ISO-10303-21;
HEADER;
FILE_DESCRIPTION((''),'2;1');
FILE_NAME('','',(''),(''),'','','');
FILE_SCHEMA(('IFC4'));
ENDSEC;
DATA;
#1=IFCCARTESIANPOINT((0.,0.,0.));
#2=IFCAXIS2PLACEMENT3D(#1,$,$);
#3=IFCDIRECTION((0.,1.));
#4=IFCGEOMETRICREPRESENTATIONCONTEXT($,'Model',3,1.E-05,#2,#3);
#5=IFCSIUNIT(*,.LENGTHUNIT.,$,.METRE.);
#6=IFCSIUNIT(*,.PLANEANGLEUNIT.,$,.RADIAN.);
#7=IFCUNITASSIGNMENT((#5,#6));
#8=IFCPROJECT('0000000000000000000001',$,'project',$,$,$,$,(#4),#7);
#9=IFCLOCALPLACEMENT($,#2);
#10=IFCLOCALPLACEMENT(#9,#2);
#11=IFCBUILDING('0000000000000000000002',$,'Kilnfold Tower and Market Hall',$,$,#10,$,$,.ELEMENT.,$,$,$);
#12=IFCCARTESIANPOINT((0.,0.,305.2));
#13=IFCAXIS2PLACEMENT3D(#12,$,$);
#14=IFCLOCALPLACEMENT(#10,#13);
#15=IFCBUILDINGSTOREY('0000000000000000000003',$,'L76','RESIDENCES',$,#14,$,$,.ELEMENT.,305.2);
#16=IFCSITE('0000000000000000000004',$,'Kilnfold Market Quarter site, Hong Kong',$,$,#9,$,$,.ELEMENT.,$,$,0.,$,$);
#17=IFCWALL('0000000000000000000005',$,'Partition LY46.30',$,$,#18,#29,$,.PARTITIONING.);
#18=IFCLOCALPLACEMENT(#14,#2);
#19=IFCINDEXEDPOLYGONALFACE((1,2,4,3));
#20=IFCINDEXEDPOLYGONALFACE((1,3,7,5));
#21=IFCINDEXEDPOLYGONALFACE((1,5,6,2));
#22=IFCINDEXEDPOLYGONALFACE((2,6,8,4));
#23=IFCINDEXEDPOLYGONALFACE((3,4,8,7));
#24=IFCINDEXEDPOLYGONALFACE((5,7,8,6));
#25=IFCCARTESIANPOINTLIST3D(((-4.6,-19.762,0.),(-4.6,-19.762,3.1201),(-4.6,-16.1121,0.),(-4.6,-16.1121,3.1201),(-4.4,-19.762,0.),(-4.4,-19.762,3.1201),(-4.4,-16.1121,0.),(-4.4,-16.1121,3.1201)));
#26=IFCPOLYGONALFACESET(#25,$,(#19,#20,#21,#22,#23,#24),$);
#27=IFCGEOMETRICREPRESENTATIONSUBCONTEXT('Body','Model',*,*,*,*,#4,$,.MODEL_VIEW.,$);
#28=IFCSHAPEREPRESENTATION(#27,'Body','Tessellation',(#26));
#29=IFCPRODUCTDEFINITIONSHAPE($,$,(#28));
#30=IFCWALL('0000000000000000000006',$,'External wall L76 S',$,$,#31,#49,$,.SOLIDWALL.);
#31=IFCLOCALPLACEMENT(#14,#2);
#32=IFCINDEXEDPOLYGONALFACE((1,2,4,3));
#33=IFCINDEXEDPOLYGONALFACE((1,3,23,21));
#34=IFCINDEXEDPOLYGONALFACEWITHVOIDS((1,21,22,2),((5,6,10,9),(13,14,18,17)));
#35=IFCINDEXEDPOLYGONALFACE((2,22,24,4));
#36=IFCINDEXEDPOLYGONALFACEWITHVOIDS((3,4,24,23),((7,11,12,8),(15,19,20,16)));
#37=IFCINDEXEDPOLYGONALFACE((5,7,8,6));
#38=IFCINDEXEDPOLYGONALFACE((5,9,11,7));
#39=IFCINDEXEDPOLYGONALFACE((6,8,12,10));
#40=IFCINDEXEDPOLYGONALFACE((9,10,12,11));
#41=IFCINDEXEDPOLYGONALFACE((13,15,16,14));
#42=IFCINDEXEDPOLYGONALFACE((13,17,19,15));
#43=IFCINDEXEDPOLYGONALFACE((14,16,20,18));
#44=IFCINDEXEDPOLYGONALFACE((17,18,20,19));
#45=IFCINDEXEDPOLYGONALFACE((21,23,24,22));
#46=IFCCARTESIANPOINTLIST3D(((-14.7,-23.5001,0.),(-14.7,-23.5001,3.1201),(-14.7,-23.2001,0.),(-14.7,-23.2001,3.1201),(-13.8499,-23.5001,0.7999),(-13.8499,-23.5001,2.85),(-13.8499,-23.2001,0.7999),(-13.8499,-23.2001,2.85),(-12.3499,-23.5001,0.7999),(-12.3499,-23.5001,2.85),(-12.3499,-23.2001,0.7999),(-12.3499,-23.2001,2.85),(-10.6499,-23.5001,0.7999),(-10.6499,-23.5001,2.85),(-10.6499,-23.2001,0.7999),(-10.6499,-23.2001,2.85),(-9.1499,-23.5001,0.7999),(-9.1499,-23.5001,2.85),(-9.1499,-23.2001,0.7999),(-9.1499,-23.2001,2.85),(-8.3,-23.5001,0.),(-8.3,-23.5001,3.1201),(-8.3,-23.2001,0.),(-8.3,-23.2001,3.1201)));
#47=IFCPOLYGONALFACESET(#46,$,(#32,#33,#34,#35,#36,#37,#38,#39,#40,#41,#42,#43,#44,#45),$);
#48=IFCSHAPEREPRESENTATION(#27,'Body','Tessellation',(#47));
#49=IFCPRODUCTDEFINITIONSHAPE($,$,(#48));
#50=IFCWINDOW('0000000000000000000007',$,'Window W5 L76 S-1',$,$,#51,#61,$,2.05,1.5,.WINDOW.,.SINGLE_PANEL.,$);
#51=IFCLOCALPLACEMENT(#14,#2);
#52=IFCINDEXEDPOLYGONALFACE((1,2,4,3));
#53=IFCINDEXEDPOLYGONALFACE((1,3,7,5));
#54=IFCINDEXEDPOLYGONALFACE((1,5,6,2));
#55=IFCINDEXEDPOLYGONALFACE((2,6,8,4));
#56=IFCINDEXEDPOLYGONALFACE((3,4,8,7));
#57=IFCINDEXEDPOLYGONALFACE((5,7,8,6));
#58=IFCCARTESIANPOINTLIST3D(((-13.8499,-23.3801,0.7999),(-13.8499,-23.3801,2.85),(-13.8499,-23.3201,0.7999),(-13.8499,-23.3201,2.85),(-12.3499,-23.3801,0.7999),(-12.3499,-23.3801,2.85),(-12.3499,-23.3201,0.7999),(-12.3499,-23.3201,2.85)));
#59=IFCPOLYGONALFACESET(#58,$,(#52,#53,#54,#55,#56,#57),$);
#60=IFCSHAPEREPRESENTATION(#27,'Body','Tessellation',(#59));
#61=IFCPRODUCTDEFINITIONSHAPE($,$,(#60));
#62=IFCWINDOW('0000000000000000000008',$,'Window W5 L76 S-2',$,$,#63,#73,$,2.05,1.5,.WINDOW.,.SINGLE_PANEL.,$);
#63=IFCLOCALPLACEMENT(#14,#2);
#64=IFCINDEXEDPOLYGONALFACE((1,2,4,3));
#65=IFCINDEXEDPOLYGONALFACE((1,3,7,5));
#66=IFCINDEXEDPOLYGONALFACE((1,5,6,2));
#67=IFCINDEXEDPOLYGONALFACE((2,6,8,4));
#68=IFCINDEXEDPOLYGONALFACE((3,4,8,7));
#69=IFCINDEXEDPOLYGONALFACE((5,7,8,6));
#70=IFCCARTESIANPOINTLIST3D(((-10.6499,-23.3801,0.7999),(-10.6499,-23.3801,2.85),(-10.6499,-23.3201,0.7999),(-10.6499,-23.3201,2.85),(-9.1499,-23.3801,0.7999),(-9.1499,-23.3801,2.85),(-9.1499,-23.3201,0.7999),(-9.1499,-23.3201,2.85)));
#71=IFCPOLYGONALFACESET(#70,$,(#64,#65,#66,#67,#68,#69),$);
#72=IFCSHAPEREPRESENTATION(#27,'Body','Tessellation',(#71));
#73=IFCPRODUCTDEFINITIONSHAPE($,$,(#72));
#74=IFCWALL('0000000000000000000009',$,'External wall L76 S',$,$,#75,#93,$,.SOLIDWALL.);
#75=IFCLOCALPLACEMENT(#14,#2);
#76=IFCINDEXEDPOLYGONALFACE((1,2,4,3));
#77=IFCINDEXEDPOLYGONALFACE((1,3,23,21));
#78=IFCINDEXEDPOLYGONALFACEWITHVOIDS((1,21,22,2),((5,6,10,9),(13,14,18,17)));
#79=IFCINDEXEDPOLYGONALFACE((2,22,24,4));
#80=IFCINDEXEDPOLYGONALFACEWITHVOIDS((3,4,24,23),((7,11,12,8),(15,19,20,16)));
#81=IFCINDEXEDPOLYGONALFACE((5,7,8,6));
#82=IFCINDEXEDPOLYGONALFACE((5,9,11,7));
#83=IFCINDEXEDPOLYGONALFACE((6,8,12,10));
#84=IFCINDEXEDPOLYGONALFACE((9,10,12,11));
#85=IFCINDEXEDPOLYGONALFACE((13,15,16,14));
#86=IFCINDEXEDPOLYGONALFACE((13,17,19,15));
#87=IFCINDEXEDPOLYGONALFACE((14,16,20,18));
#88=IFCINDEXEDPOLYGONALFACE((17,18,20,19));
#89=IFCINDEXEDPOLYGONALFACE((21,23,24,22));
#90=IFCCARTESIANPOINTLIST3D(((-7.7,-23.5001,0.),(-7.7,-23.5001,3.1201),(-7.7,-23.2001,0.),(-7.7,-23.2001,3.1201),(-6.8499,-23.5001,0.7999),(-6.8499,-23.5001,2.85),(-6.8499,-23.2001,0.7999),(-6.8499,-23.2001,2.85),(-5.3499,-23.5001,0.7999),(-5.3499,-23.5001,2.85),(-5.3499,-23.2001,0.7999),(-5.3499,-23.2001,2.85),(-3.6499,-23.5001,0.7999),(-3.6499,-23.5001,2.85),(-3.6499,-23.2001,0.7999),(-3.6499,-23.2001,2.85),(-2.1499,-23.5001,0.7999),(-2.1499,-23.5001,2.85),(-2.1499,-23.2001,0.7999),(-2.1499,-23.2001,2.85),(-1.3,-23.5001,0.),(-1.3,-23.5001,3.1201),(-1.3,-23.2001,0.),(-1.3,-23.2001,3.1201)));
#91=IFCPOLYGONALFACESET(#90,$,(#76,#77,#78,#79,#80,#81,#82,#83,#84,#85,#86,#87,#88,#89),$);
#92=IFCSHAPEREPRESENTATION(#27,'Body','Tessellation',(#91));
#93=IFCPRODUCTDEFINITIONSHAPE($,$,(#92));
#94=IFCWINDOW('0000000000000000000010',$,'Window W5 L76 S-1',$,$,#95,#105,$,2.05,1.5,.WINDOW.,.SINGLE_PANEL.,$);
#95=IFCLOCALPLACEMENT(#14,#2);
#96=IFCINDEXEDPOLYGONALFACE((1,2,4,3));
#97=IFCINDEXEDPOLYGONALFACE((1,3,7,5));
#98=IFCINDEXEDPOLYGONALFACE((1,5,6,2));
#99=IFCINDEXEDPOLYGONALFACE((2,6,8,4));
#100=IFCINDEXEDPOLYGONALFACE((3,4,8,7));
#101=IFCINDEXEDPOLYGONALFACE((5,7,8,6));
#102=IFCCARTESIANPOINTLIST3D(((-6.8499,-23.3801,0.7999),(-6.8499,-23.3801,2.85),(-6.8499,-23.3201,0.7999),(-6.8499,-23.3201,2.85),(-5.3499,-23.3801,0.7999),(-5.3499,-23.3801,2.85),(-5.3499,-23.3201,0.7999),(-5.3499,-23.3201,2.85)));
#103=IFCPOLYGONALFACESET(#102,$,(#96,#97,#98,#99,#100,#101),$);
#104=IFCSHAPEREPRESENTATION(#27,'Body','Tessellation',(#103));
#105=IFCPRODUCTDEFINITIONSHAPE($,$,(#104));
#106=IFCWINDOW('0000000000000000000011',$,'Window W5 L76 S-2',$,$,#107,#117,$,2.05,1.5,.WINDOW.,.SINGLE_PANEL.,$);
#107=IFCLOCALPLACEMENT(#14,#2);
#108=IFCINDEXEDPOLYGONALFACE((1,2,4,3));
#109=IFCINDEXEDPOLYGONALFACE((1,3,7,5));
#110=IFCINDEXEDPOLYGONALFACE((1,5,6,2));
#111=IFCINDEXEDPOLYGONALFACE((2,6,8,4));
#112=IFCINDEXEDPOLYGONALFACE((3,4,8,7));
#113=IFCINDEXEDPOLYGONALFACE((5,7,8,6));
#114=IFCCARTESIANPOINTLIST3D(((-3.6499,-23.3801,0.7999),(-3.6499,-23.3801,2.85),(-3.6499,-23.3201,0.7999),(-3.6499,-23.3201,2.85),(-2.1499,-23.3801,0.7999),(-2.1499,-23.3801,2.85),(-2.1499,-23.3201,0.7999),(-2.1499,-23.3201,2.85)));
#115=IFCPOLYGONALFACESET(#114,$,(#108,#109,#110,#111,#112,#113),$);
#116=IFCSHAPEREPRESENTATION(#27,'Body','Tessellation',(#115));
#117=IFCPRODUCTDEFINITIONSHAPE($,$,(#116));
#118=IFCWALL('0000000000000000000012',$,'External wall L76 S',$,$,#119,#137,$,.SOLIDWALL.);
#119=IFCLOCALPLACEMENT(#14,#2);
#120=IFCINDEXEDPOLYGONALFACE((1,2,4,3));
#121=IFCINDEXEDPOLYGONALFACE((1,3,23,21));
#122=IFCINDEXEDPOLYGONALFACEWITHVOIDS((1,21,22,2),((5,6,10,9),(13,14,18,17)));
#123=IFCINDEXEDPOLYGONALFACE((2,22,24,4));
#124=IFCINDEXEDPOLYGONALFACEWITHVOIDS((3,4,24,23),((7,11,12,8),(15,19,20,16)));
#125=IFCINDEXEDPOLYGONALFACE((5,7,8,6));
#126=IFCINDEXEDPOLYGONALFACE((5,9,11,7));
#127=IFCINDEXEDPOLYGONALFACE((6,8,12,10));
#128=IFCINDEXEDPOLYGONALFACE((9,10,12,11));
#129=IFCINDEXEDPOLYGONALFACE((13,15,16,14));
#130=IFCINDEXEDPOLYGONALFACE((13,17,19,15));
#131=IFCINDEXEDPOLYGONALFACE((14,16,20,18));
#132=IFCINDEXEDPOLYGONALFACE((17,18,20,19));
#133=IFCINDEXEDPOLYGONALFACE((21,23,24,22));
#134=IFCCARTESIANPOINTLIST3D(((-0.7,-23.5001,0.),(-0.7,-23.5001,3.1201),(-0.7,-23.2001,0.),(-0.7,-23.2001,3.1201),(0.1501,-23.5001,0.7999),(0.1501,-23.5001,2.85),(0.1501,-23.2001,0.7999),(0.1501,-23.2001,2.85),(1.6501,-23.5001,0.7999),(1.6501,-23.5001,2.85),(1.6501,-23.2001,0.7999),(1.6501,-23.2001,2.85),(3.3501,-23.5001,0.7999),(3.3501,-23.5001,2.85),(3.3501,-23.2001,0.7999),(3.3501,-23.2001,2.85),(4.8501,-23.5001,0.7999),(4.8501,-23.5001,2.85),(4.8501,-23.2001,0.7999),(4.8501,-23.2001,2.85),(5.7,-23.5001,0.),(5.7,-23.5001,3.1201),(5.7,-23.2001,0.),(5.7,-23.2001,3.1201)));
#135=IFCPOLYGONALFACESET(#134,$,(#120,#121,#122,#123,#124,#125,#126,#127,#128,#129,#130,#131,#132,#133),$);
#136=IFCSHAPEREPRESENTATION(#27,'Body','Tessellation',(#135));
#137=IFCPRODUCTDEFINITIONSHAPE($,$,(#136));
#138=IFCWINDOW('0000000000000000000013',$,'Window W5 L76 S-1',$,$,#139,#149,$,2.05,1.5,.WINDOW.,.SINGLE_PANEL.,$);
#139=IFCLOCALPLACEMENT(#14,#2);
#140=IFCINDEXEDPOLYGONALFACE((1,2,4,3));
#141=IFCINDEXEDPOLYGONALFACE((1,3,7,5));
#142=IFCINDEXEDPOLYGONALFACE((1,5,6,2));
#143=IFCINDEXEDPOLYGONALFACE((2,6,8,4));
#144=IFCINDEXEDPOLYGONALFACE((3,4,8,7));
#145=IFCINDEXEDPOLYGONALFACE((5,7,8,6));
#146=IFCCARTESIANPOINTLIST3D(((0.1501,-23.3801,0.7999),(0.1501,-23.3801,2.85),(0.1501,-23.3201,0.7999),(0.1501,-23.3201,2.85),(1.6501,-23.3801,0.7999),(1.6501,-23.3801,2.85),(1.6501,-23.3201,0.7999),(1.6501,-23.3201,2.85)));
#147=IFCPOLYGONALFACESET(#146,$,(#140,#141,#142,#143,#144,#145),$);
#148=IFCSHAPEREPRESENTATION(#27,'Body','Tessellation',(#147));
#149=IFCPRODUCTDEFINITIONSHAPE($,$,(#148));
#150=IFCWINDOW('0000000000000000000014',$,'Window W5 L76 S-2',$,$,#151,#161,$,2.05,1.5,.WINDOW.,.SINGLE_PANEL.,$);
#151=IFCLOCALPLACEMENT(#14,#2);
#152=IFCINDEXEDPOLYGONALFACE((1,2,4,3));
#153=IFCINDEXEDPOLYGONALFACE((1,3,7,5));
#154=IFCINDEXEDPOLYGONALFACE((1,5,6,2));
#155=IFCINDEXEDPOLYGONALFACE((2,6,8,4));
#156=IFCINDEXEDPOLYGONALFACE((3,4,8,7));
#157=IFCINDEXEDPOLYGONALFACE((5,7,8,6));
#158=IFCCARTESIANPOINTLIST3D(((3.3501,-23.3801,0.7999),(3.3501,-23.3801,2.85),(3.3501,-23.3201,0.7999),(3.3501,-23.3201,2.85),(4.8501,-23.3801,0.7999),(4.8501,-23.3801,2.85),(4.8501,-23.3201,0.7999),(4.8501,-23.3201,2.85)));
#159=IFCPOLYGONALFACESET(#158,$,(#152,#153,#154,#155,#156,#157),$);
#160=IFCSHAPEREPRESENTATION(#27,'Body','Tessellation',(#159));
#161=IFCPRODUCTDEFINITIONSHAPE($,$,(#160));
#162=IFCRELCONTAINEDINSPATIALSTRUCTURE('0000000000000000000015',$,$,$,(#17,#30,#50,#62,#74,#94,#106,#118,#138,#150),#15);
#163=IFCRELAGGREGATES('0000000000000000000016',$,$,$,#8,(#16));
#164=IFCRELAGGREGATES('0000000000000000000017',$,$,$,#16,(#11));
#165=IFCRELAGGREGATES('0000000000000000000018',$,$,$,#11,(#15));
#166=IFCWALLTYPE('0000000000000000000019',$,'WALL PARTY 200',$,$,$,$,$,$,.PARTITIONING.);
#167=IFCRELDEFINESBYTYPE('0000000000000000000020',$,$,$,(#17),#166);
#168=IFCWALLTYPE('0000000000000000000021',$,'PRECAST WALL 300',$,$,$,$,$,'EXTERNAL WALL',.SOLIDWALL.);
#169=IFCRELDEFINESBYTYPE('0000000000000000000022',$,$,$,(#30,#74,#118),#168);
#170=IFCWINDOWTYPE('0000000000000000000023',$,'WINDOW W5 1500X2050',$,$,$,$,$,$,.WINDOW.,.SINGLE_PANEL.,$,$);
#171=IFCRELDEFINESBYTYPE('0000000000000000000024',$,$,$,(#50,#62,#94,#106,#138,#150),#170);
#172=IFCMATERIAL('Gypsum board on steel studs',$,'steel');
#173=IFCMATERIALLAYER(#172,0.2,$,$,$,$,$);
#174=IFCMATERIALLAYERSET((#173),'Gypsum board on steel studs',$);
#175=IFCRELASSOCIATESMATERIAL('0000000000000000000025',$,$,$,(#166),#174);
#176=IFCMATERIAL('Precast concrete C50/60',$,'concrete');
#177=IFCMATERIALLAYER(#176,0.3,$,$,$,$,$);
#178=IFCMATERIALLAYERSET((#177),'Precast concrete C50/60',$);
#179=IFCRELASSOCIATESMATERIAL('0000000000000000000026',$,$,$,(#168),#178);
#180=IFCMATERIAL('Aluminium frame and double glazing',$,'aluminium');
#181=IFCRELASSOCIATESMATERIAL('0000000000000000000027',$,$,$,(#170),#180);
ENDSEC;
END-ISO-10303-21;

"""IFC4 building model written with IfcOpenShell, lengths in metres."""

from ifc_helpers import new_model, si_unit, direction, frame, frame_2d, origin, place, context, subcontext, project, spatial, rectangle, extrude, source, transform, mapped, material, layer, layer_set, type_object, element, fill, save


model = new_model("IFC4")

# Units and contexts
model_context = context("Model", 3, precision=1e-05, world=origin(), true_north=direction((0.0, 1.0)))
body_context = subcontext(model_context, "Body", "Model", "MODEL_VIEW")
ifc_project = project(units=[si_unit("LENGTHUNIT", "METRE"), si_unit("PLANEANGLEUNIT", "RADIAN")], contexts=[model_context])

# Site, building, storey
site_placement = place(None, origin())
site = spatial("IfcSite", under=ifc_project, at=site_placement, Name="Kilnfold Market Quarter site, Hong Kong", CompositionType="ELEMENT", RefElevation=0.0)
building_placement = place(site_placement, origin())
building = spatial("IfcBuilding", under=site, at=building_placement, Name="Kilnfold Tower and Market Hall", CompositionType="ELEMENT")
storey_placement = place(building_placement, frame((0.0, 0.0, 305.2)))
storey = spatial("IfcBuildingStorey", under=building, at=storey_placement, Name="L76", Description="RESIDENCES", CompositionType="ELEMENT", Elevation=305.2)

# Wall
ifc_material_1 = material(Name="Gypsum board on steel studs", Category="steel")
ifc_layer_1 = layer(ifc_material_1, 0.2)
ifc_layer_set_1 = layer_set([ifc_layer_1], Name="Gypsum board on steel studs")
wall_type_1 = type_object("IfcWallType", Name="WALL PARTY 200", PredefinedType="PARTITIONING", material=ifc_layer_set_1)
wall_1_placement = place(storey_placement, frame((-4.5, -19.762, 0.0), z_axis=(0.0, 0.0, 1.0), x_axis=(0.0, 1.0, 0.0)))
element("IfcWall", 1, at=wall_1_placement, inside=storey, type_object=wall_type_1, Name="Partition LY46.30", PredefinedType="PARTITIONING", context=body_context, shape_type="SweptSolid", body=[
    extrude(rectangle(XDim=3.6499, YDim=0.2, at=frame_2d((1.825, 0.0))), origin(), (0.0, 0.0, 1.0), 3.1201),
])

# Walls, openings, windows
ifc_material_2 = material(Name="Precast concrete C50/60", Category="concrete")
ifc_layer_2 = layer(ifc_material_2, 0.3)
ifc_layer_set_2 = layer_set([ifc_layer_2], Name="Precast concrete C50/60")
wall_type_2 = type_object("IfcWallType", Name="PRECAST WALL 300", ElementType="EXTERNAL WALL", PredefinedType="SOLIDWALL", material=ifc_layer_set_2)
shared_shape_1 = source(origin(), body_context, "Body", "SweptSolid", [
    extrude(rectangle(XDim=6.3999, YDim=0.3, at=frame_2d((3.2, 0.0))), origin(), (0.0, 0.0, 1.0), 3.1201),
])
wall_2_placement = place(storey_placement, frame((-14.7, -23.3501, 0.0), z_axis=(0.0, 0.0, 1.0), x_axis=(1.0, 0.0, 0.0)))
wall_2 = element("IfcWall", 2, at=wall_2_placement, inside=storey, type_object=wall_type_2, Name="External wall L76 S", PredefinedType="SOLIDWALL", context=body_context, shape_type="MappedRepresentation", body=[
    mapped(shared_shape_1, transform((0.0, 0.0, 0.0))),
])
opening_1_placement = place(wall_2_placement, frame((0.8501, 0.0, 0.8)))
opening_1 = element("IfcOpeningElement", 3, at=opening_1_placement, cuts=wall_2, PredefinedType="OPENING", context=body_context, shape_type="SweptSolid", body=[
    extrude(rectangle(XDim=1.5, YDim=2.05, at=frame_2d((0.75, 1.0249))), frame((0.0, 0.1602, 0.0), z_axis=(0.0, -1.0, 0.0), x_axis=(1.0, 0.0, 0.0)), (0.0, 0.0, 1.0), 0.3201),
])
opening_2_placement = place(wall_2_placement, frame((4.05, 0.0, 0.8)))
opening_2 = element("IfcOpeningElement", 4, at=opening_2_placement, cuts=wall_2, PredefinedType="OPENING", context=body_context, shape_type="SweptSolid", body=[
    extrude(rectangle(XDim=1.5, YDim=2.05, at=frame_2d((0.75, 1.0249))), frame((0.0, 0.1602, 0.0), z_axis=(0.0, -1.0, 0.0), x_axis=(1.0, 0.0, 0.0)), (0.0, 0.0, 1.0), 0.3201),
])
ifc_material_3 = material(Name="Aluminium frame and double glazing", Category="aluminium")
window_type = type_object("IfcWindowType", Name="WINDOW W5 1500X2050", PartitioningType="SINGLE_PANEL", PredefinedType="WINDOW", material=ifc_material_3)
window_1_placement = place(opening_1_placement, origin())
window_1 = element("IfcWindow", 5, at=window_1_placement, inside=storey, type_object=window_type, Name="Window W5 L76 S-1", OverallHeight=2.05, OverallWidth=1.5, PartitioningType="SINGLE_PANEL", PredefinedType="WINDOW", context=body_context, shape_type="SweptSolid", body=[
    extrude(rectangle(XDim=1.5, YDim=2.05, at=frame_2d((0.75, 1.0249))), frame((0.0, 0.03, 0.0), z_axis=(0.0, -1.0, 0.0), x_axis=(1.0, 0.0, 0.0)), (0.0, 0.0, 1.0), 0.0601),
])
fill(opening_1, window_1)
window_2_placement = place(opening_2_placement, origin())
window_2 = element("IfcWindow", 6, at=window_2_placement, inside=storey, type_object=window_type, Name="Window W5 L76 S-2", OverallHeight=2.05, OverallWidth=1.5, PartitioningType="SINGLE_PANEL", PredefinedType="WINDOW", context=body_context, shape_type="SweptSolid", body=[
    extrude(rectangle(XDim=1.5, YDim=2.05, at=frame_2d((0.75, 1.0249))), frame((0.0, 0.03, 0.0), z_axis=(0.0, -1.0, 0.0), x_axis=(1.0, 0.0, 0.0)), (0.0, 0.0, 1.0), 0.0601),
])
fill(opening_2, window_2)
wall_3_placement = place(storey_placement, frame((-7.7, -23.3501, 0.0), z_axis=(0.0, 0.0, 1.0), x_axis=(1.0, 0.0, 0.0)))
wall_3 = element("IfcWall", 7, at=wall_3_placement, inside=storey, type_object=wall_type_2, Name="External wall L76 S", PredefinedType="SOLIDWALL", context=body_context, shape_type="MappedRepresentation", body=[
    mapped(shared_shape_1, transform((0.0, 0.0, 0.0))),
])
opening_3_placement = place(wall_3_placement, frame((0.8501, 0.0, 0.8)))
opening_3 = element("IfcOpeningElement", 8, at=opening_3_placement, cuts=wall_3, PredefinedType="OPENING", context=body_context, shape_type="SweptSolid", body=[
    extrude(rectangle(XDim=1.5, YDim=2.05, at=frame_2d((0.75, 1.0249))), frame((0.0, 0.1602, 0.0), z_axis=(0.0, -1.0, 0.0), x_axis=(1.0, 0.0, 0.0)), (0.0, 0.0, 1.0), 0.3201),
])
opening_4_placement = place(wall_3_placement, frame((4.05, 0.0, 0.8)))
opening_4 = element("IfcOpeningElement", 9, at=opening_4_placement, cuts=wall_3, PredefinedType="OPENING", context=body_context, shape_type="SweptSolid", body=[
    extrude(rectangle(XDim=1.5, YDim=2.05, at=frame_2d((0.75, 1.0249))), frame((0.0, 0.1602, 0.0), z_axis=(0.0, -1.0, 0.0), x_axis=(1.0, 0.0, 0.0)), (0.0, 0.0, 1.0), 0.3201),
])
window_3_placement = place(opening_3_placement, origin())
window_3 = element("IfcWindow", 10, at=window_3_placement, inside=storey, type_object=window_type, Name="Window W5 L76 S-1", OverallHeight=2.05, OverallWidth=1.5, PartitioningType="SINGLE_PANEL", PredefinedType="WINDOW", context=body_context, shape_type="SweptSolid", body=[
    extrude(rectangle(XDim=1.5, YDim=2.05, at=frame_2d((0.75, 1.0249))), frame((0.0, 0.03, 0.0), z_axis=(0.0, -1.0, 0.0), x_axis=(1.0, 0.0, 0.0)), (0.0, 0.0, 1.0), 0.0601),
])
fill(opening_3, window_3)
window_4_placement = place(opening_4_placement, origin())
window_4 = element("IfcWindow", 11, at=window_4_placement, inside=storey, type_object=window_type, Name="Window W5 L76 S-2", OverallHeight=2.05, OverallWidth=1.5, PartitioningType="SINGLE_PANEL", PredefinedType="WINDOW", context=body_context, shape_type="SweptSolid", body=[
    extrude(rectangle(XDim=1.5, YDim=2.05, at=frame_2d((0.75, 1.0249))), frame((0.0, 0.03, 0.0), z_axis=(0.0, -1.0, 0.0), x_axis=(1.0, 0.0, 0.0)), (0.0, 0.0, 1.0), 0.0601),
])
fill(opening_4, window_4)
wall_4_placement = place(storey_placement, frame((-0.7, -23.3501, 0.0), z_axis=(0.0, 0.0, 1.0), x_axis=(1.0, 0.0, 0.0)))
wall_4 = element("IfcWall", 12, at=wall_4_placement, inside=storey, type_object=wall_type_2, Name="External wall L76 S", PredefinedType="SOLIDWALL", context=body_context, shape_type="MappedRepresentation", body=[
    mapped(shared_shape_1, transform((0.0, 0.0, 0.0))),
])
opening_5_placement = place(wall_4_placement, frame((0.8501, 0.0, 0.8)))
opening_5 = element("IfcOpeningElement", 13, at=opening_5_placement, cuts=wall_4, PredefinedType="OPENING", context=body_context, shape_type="SweptSolid", body=[
    extrude(rectangle(XDim=1.5, YDim=2.05, at=frame_2d((0.75, 1.0249))), frame((0.0, 0.1602, 0.0), z_axis=(0.0, -1.0, 0.0), x_axis=(1.0, 0.0, 0.0)), (0.0, 0.0, 1.0), 0.3201),
])
opening_6_placement = place(wall_4_placement, frame((4.05, 0.0, 0.8)))
opening_6 = element("IfcOpeningElement", 14, at=opening_6_placement, cuts=wall_4, PredefinedType="OPENING", context=body_context, shape_type="SweptSolid", body=[
    extrude(rectangle(XDim=1.5, YDim=2.05, at=frame_2d((0.75, 1.0249))), frame((0.0, 0.1602, 0.0), z_axis=(0.0, -1.0, 0.0), x_axis=(1.0, 0.0, 0.0)), (0.0, 0.0, 1.0), 0.3201),
])
window_5_placement = place(opening_5_placement, origin())
window_5 = element("IfcWindow", 15, at=window_5_placement, inside=storey, type_object=window_type, Name="Window W5 L76 S-1", OverallHeight=2.05, OverallWidth=1.5, PartitioningType="SINGLE_PANEL", PredefinedType="WINDOW", context=body_context, shape_type="SweptSolid", body=[
    extrude(rectangle(XDim=1.5, YDim=2.05, at=frame_2d((0.75, 1.0249))), frame((0.0, 0.03, 0.0), z_axis=(0.0, -1.0, 0.0), x_axis=(1.0, 0.0, 0.0)), (0.0, 0.0, 1.0), 0.0601),
])
fill(opening_5, window_5)
window_6_placement = place(opening_6_placement, origin())
window_6 = element("IfcWindow", 16, at=window_6_placement, inside=storey, type_object=window_type, Name="Window W5 L76 S-2", OverallHeight=2.05, OverallWidth=1.5, PartitioningType="SINGLE_PANEL", PredefinedType="WINDOW", context=body_context, shape_type="SweptSolid", body=[
    extrude(rectangle(XDim=1.5, YDim=2.05, at=frame_2d((0.75, 1.0249))), frame((0.0, 0.03, 0.0), z_axis=(0.0, -1.0, 0.0), x_axis=(1.0, 0.0, 0.0)), (0.0, 0.0, 1.0), 0.0601),
])
fill(opening_6, window_6)

save(model, "model.ifc")
